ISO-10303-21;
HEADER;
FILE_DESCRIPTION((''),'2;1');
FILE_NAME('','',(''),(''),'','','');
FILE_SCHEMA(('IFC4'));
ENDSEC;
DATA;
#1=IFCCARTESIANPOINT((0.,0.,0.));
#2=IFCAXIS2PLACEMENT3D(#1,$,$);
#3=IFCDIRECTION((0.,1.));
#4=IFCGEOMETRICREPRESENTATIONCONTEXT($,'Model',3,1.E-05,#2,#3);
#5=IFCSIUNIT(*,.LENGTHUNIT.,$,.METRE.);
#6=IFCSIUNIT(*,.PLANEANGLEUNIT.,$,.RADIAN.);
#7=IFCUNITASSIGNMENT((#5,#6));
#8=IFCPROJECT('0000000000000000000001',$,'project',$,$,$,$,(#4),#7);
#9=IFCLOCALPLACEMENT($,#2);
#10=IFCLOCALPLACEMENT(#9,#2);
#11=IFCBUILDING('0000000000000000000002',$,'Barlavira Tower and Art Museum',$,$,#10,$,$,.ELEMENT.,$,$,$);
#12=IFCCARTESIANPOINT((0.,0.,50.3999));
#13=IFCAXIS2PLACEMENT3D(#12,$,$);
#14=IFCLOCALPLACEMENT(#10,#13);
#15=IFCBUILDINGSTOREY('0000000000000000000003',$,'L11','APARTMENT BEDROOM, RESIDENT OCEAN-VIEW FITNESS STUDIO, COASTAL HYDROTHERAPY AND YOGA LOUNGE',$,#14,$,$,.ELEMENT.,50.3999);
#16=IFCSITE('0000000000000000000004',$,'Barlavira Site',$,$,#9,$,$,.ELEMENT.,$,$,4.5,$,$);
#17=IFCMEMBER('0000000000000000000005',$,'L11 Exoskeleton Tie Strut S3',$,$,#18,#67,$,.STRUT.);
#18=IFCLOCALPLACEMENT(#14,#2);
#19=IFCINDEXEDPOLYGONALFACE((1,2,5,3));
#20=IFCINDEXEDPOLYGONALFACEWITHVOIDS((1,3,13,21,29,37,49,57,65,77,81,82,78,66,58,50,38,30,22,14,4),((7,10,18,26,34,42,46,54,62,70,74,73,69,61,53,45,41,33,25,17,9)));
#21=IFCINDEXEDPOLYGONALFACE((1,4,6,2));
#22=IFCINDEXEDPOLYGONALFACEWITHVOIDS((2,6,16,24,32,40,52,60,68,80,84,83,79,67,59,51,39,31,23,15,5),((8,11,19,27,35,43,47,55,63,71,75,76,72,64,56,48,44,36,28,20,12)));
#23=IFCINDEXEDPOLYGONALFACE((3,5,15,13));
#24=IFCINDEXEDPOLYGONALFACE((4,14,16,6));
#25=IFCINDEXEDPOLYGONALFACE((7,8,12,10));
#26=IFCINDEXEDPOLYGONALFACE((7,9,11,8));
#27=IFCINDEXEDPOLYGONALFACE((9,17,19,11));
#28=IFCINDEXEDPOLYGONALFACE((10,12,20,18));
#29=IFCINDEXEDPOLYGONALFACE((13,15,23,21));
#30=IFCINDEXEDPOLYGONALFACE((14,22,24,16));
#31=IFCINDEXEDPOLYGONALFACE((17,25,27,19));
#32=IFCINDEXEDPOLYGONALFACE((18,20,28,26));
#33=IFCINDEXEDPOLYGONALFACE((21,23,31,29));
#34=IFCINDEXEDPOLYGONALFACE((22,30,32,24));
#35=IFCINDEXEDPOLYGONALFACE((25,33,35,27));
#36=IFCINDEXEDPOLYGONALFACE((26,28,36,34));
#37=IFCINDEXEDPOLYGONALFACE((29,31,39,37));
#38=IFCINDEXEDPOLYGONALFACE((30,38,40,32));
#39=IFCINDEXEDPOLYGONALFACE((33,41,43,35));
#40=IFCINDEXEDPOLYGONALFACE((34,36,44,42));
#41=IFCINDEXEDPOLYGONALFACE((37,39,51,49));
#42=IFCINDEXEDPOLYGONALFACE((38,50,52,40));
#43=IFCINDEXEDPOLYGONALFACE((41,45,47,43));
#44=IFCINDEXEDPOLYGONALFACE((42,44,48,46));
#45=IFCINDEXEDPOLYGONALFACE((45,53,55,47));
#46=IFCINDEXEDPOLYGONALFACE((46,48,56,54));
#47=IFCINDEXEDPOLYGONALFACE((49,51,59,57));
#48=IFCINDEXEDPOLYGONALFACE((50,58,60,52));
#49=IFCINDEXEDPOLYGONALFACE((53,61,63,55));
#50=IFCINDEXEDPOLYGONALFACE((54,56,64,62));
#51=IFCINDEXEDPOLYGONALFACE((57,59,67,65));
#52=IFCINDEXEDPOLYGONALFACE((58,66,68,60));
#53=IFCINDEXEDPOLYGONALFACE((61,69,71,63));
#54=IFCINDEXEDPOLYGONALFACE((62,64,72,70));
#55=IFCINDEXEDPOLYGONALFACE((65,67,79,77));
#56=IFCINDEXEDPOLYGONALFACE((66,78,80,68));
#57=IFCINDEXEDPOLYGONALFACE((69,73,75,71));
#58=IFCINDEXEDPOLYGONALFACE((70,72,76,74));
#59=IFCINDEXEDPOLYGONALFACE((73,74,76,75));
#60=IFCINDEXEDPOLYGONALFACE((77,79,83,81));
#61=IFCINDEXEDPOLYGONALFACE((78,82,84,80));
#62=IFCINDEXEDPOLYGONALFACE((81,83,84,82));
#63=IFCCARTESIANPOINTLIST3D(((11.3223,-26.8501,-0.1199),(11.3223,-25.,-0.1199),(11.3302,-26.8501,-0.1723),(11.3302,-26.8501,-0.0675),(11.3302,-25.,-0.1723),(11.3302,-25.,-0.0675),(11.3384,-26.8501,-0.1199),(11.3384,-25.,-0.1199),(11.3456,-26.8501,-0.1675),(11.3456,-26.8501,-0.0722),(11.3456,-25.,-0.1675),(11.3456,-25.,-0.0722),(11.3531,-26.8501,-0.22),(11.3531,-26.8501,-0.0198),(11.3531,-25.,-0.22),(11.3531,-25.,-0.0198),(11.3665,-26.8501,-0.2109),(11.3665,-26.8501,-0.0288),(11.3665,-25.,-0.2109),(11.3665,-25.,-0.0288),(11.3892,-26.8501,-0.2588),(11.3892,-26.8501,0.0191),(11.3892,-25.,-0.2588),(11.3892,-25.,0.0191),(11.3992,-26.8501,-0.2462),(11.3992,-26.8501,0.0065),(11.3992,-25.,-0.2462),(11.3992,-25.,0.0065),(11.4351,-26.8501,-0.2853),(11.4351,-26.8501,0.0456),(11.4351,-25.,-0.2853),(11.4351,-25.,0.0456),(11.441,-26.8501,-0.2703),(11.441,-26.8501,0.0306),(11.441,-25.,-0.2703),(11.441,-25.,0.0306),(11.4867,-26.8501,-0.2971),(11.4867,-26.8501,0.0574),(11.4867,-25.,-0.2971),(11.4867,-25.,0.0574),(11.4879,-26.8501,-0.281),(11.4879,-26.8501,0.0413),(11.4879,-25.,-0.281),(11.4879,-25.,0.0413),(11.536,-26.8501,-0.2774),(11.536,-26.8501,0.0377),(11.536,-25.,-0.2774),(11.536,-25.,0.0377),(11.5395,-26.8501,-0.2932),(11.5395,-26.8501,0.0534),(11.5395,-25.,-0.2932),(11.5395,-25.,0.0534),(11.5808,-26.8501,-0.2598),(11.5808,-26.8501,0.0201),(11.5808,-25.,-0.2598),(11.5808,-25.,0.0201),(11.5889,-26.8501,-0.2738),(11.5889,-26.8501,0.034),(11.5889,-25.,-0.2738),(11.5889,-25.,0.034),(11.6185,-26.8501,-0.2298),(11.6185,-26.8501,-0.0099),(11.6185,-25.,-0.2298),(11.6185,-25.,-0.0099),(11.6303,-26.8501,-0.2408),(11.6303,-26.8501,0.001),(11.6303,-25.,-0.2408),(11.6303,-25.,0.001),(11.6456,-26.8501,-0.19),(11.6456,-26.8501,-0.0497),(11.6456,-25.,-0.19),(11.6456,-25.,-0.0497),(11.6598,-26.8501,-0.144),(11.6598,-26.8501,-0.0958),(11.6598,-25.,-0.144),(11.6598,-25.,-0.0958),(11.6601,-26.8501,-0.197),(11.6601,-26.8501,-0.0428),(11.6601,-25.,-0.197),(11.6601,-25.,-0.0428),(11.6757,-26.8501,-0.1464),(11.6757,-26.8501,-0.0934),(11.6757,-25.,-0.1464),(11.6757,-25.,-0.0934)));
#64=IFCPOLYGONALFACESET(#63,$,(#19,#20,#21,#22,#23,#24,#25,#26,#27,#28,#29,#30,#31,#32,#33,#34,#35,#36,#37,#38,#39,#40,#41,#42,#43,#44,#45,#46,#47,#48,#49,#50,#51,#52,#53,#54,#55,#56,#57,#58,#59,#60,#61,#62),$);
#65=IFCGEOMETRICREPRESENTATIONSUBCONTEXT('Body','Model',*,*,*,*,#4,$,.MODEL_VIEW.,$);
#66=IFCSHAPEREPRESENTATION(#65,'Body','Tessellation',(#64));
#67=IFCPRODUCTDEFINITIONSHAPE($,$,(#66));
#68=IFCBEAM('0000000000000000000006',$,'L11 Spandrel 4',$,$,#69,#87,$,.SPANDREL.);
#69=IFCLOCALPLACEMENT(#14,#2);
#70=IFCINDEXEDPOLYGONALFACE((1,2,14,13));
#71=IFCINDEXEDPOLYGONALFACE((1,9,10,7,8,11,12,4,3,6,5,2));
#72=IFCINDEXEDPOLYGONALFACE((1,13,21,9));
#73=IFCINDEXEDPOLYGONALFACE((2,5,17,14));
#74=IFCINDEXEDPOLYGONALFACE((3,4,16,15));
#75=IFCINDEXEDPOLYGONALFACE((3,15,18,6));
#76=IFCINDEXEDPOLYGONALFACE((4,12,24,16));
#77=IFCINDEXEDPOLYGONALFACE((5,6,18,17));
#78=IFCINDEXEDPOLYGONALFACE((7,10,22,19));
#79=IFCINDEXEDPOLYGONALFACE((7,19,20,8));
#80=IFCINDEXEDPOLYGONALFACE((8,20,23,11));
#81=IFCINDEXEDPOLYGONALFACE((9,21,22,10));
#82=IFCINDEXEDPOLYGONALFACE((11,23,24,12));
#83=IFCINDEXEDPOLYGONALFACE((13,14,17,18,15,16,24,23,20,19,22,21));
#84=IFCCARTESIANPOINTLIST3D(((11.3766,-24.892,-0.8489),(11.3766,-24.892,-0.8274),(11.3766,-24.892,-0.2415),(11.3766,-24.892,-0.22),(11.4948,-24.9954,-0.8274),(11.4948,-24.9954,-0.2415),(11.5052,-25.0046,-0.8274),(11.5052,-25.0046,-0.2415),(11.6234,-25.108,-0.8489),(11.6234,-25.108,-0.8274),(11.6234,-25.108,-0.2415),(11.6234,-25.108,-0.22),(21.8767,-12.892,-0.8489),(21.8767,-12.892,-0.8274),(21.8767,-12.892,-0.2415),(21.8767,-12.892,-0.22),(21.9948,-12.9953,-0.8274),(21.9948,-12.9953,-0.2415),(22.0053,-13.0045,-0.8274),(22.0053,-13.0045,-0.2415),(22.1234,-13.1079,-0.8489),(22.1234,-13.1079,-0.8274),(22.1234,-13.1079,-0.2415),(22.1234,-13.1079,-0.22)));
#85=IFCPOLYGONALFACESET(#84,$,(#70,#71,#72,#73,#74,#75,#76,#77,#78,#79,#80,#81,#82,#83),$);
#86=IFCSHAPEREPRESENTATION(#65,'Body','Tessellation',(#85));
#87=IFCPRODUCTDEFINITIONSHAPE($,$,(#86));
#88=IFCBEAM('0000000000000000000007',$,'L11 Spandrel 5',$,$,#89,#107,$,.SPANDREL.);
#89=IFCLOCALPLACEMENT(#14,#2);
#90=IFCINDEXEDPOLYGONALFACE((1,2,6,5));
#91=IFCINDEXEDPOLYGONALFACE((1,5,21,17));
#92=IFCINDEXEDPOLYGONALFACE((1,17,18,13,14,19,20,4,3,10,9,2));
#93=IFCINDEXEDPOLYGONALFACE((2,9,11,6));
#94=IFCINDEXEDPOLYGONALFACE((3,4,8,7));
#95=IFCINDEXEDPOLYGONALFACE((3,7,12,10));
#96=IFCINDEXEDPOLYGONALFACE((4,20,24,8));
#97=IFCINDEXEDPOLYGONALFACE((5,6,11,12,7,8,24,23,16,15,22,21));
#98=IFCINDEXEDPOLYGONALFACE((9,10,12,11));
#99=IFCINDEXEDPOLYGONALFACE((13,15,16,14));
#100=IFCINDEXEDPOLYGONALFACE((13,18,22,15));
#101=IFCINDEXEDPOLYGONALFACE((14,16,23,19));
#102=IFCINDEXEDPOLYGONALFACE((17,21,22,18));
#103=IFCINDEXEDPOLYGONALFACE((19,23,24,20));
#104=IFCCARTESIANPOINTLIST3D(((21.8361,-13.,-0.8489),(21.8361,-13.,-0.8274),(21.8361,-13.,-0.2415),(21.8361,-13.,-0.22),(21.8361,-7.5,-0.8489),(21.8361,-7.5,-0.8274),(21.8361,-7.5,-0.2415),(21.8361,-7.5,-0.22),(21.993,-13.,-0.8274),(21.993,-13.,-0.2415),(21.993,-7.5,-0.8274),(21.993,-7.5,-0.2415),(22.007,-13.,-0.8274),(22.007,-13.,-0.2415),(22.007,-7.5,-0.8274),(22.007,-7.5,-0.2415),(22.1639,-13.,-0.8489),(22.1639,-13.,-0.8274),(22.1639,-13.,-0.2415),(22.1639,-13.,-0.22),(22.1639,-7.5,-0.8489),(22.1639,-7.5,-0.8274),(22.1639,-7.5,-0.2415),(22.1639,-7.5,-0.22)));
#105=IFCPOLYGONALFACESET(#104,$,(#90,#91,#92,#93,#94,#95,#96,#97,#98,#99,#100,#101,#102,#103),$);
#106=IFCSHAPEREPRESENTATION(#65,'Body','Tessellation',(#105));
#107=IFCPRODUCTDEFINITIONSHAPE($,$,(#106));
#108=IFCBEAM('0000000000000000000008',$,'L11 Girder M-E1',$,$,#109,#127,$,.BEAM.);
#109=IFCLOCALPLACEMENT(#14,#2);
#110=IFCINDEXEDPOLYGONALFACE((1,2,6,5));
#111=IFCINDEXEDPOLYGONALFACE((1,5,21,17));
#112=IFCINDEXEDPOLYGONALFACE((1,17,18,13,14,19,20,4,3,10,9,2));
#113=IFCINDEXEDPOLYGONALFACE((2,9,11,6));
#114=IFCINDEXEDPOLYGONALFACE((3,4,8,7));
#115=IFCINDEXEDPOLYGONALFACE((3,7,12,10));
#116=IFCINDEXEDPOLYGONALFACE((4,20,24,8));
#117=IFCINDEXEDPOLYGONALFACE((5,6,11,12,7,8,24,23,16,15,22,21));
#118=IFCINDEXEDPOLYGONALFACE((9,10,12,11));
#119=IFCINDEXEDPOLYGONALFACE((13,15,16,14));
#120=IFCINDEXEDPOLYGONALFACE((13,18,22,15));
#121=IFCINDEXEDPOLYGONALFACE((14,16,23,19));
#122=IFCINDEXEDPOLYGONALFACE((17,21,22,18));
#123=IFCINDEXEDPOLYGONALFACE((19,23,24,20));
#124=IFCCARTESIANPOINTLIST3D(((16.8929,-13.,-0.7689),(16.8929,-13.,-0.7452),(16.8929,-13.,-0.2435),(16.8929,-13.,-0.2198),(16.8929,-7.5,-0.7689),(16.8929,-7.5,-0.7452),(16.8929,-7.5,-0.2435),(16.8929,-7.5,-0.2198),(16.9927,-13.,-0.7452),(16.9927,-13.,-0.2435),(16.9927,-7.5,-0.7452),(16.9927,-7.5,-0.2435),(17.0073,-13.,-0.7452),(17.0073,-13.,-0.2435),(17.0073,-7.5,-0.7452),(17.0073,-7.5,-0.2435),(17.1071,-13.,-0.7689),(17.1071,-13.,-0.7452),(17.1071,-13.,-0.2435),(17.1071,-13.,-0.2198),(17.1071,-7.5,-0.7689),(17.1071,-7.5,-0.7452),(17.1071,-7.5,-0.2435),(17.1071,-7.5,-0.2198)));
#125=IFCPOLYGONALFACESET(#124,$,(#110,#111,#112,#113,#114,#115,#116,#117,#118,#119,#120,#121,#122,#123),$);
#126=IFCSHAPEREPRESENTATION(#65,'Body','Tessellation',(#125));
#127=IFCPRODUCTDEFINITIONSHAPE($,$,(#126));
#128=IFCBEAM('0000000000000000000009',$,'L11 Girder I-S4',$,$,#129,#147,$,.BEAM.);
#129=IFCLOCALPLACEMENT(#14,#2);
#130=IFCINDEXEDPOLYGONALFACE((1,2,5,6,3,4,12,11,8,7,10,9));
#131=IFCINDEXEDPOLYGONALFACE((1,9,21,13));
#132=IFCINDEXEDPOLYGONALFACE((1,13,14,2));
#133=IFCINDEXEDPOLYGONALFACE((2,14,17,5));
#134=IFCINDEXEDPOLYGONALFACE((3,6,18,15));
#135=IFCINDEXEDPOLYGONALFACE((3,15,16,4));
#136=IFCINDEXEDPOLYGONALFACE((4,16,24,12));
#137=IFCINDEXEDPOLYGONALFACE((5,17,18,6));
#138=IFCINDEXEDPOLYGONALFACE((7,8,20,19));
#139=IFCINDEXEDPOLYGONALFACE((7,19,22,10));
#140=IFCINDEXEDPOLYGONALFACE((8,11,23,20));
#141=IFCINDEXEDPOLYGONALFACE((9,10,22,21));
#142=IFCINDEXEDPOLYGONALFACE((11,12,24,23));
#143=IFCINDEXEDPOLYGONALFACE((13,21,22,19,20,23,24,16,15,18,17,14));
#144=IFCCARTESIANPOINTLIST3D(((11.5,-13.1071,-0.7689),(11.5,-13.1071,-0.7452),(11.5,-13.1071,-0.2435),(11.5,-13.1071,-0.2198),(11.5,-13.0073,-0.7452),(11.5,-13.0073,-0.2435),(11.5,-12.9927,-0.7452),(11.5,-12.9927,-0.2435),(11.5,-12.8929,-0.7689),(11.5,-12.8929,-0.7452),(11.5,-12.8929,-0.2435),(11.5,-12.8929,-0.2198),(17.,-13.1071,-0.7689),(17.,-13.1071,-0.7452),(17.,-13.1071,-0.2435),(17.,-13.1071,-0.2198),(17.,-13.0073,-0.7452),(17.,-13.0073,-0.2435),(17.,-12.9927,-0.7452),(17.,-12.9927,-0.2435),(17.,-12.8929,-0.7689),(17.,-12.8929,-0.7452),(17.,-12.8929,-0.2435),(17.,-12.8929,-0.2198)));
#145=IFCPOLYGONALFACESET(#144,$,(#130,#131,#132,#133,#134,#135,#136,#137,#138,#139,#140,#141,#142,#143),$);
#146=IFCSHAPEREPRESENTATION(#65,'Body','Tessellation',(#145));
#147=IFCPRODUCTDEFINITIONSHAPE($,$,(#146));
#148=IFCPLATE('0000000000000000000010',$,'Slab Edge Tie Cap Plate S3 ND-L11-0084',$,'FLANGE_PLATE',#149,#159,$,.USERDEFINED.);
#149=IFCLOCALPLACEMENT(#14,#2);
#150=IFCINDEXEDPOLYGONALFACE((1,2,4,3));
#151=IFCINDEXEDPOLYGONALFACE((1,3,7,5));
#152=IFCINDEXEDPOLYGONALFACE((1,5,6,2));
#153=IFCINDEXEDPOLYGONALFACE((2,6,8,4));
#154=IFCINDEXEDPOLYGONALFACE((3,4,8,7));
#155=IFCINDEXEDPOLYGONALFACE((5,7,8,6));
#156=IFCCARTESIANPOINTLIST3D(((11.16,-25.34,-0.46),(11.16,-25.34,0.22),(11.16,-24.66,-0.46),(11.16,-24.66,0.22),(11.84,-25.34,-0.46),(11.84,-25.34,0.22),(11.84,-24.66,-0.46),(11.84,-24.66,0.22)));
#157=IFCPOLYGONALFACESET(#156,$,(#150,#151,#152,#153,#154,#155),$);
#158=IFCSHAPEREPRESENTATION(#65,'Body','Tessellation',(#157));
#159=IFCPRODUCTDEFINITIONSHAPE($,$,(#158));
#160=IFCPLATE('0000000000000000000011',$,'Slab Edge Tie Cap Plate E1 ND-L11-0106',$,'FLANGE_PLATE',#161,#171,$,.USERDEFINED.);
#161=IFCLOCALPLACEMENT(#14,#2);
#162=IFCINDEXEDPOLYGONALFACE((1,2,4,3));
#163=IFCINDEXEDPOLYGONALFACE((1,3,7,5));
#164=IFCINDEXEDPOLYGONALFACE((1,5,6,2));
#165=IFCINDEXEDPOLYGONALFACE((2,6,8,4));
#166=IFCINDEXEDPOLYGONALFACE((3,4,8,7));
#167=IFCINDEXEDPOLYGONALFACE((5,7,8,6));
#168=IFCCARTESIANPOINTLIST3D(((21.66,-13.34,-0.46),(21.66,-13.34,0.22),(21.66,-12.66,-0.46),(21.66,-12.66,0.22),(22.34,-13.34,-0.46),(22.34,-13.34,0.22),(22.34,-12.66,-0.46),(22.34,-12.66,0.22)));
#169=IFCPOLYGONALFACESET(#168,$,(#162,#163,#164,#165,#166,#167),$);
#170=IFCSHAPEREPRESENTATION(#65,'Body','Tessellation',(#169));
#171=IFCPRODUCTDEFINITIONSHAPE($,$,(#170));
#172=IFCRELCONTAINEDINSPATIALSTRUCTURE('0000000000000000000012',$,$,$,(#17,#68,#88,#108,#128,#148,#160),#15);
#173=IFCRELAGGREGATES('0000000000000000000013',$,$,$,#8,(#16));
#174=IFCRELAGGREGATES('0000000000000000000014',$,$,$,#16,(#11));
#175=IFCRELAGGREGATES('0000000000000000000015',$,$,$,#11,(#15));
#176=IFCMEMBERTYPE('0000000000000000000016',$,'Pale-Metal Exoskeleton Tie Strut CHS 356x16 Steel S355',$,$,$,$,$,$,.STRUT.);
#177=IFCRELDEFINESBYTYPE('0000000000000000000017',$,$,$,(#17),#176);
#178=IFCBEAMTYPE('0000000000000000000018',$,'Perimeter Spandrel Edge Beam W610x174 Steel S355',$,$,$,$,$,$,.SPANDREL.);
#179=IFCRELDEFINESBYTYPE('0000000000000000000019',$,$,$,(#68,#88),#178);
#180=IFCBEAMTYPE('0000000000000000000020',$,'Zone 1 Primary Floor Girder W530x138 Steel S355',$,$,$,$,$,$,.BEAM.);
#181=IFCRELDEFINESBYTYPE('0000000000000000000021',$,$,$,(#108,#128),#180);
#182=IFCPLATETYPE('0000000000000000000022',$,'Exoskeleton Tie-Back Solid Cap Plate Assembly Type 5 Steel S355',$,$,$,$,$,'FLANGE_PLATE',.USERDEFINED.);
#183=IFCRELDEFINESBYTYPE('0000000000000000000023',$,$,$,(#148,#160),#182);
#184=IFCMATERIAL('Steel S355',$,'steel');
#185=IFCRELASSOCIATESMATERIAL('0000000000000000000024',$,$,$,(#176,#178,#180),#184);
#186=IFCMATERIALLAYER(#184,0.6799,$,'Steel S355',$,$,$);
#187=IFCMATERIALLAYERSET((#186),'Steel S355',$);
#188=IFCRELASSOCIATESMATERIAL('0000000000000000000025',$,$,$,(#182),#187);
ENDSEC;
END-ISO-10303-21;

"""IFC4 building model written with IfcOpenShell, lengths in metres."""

from ifc_helpers import new_model, si_unit, direction, frame, origin, origin_2d, place, context, subcontext, project, spatial, rectangle, hollow_circle, i_section, extrude, material, layer, layer_set, material_profile, profile_set, type_object, element, save


model = new_model("IFC4")

# Units and contexts
model_context = context("Model", 3, precision=1e-05, world=origin(), true_north=direction((0.0, 1.0)))
body_context = subcontext(model_context, "Body", "Model", "MODEL_VIEW")
ifc_project = project(units=[si_unit("LENGTHUNIT", "METRE"), si_unit("PLANEANGLEUNIT", "RADIAN")], contexts=[model_context])

# Site, building, storey
site_placement = place(None, origin())
site = spatial("IfcSite", under=ifc_project, at=site_placement, Name="Barlavira Site", CompositionType="ELEMENT", RefElevation=4.5)
building_placement = place(site_placement, origin())
building = spatial("IfcBuilding", under=site, at=building_placement, Name="Barlavira Tower and Art Museum", CompositionType="ELEMENT")
storey_placement = place(building_placement, frame((0.0, 0.0, 50.3999)))
storey = spatial("IfcBuildingStorey", under=building, at=storey_placement, Name="L11", Description="APARTMENT BEDROOM, RESIDENT OCEAN-VIEW FITNESS STUDIO, COASTAL HYDROTHERAPY AND YOGA LOUNGE", CompositionType="ELEMENT", Elevation=50.3999)

# Member
ifc_material_1 = material(Name="Steel S355", Category="steel")
ifc_material_profile_1 = material_profile(ifc_material_1, hollow_circle(Radius=0.1777, WallThickness=0.0161, at=origin_2d()), Name="CHS 355.6x16.0")
ifc_profile_set_1 = profile_set([ifc_material_profile_1], Name="Steel S355")
member_type_1 = type_object("IfcMemberType", Name="Pale-Metal Exoskeleton Tie Strut CHS 356x16 Steel S355", PredefinedType="STRUT", material=ifc_profile_set_1)
member_1_placement = place(storey_placement, frame((11.5, -26.8501, -0.1199), z_axis=(0.0, 1.0, 0.0), x_axis=(-1.0, 0.0, 0.0)))
element("IfcMember", 1, at=member_1_placement, inside=storey, type_object=member_type_1, Name="L11 Exoskeleton Tie Strut S3", PredefinedType="STRUT", context=body_context, shape_type="SweptSolid", body=[
    extrude(hollow_circle(Radius=0.1777, WallThickness=0.0161, at=origin_2d()), origin(), (0.0, 0.0, 1.0), 1.8501),
])

# Beams
ifc_material_profile_2 = material_profile(ifc_material_1, i_section(OverallWidth=0.3279, OverallDepth=0.6289, WebThickness=0.0139, FlangeThickness=0.0215, at=origin_2d()), Name="W610x174.0")
ifc_profile_set_2 = profile_set([ifc_material_profile_2], Name="Steel S355")
beam_type_1 = type_object("IfcBeamType", Name="Perimeter Spandrel Edge Beam W610x174 Steel S355", PredefinedType="SPANDREL", material=ifc_profile_set_2)
beam_1_placement = place(storey_placement, frame((11.5, -25.0, -0.5344), z_axis=(0.658505, 0.752577, 0.0), x_axis=(-0.752577, 0.658505, 0.0)))
element("IfcBeam", 2, at=beam_1_placement, inside=storey, type_object=beam_type_1, Name="L11 Spandrel 4", PredefinedType="SPANDREL", context=body_context, shape_type="SweptSolid", body=[
    extrude(i_section(OverallWidth=0.3279, OverallDepth=0.6289, WebThickness=0.0139, FlangeThickness=0.0215, at=origin_2d()), origin(), (0.0, 0.0, 1.0), 15.9453),
])
beam_2_placement = place(storey_placement, frame((22.0, -13.0, -0.5344), z_axis=(0.0, 1.0, 0.0), x_axis=(-1.0, 0.0, 0.0)))
element("IfcBeam", 3, at=beam_2_placement, inside=storey, type_object=beam_type_1, Name="L11 Spandrel 5", PredefinedType="SPANDREL", context=body_context, shape_type="SweptSolid", body=[
    extrude(i_section(OverallWidth=0.3279, OverallDepth=0.6289, WebThickness=0.0139, FlangeThickness=0.0215, at=origin_2d()), origin(), (0.0, 0.0, 1.0), 5.5),
])
ifc_material_profile_3 = material_profile(ifc_material_1, i_section(OverallWidth=0.2141, OverallDepth=0.5491, WebThickness=0.0146, FlangeThickness=0.0237, at=origin_2d()), Name="W530x138.0")
ifc_profile_set_3 = profile_set([ifc_material_profile_3], Name="Steel S355")
beam_type_2 = type_object("IfcBeamType", Name="Zone 1 Primary Floor Girder W530x138 Steel S355", PredefinedType="BEAM", material=ifc_profile_set_3)
for number, where, z_axis, x_axis, name in (
    (4, (17.0, -13.0, -0.4944), (0.0, 1.0, 0.0), (-1.0, 0.0, 0.0), "L11 Girder M-E1"),
    (5, (11.5, -13.0, -0.4944), (1.0, 0.0, 0.0), (0.0, 1.0, 0.0), "L11 Girder I-S4"),
):
    element("IfcBeam", number, at=place(storey_placement, frame(where, z_axis=z_axis, x_axis=x_axis)), inside=storey, type_object=beam_type_2, Name=name, PredefinedType="BEAM", context=body_context, shape_type="SweptSolid", body=[
        extrude(i_section(OverallWidth=0.2141, OverallDepth=0.5491, WebThickness=0.0146, FlangeThickness=0.0237, at=origin_2d()), origin(), (0.0, 0.0, 1.0), 5.5),
    ])

# Plates
ifc_layer_1 = layer(ifc_material_1, 0.6799, Name="Steel S355")
ifc_layer_set_1 = layer_set([ifc_layer_1], Name="Steel S355")
plate_type = type_object("IfcPlateType", Name="Exoskeleton Tie-Back Solid Cap Plate Assembly Type 5 Steel S355", ElementType="FLANGE_PLATE", PredefinedType="USERDEFINED", material=ifc_layer_set_1)
for number, where, z_axis, x_axis, name in (
    (6, (11.5, -25.0, -0.46), (0.0, 0.0, 1.0), (1.0, 0.0, 0.0), "Slab Edge Tie Cap Plate S3 ND-L11-0084"),
    (7, (22.0, -13.0, -0.46), (0.0, 0.0, 1.0), (1.0, 0.0, 0.0), "Slab Edge Tie Cap Plate E1 ND-L11-0106"),
):
    element("IfcPlate", number, at=place(storey_placement, frame(where, z_axis=z_axis, x_axis=x_axis)), inside=storey, type_object=plate_type, Name=name, ObjectType="FLANGE_PLATE", PredefinedType="USERDEFINED", context=body_context, shape_type="SweptSolid", body=[
        extrude(rectangle(XDim=0.6799, YDim=0.6799, at=origin_2d()), origin(), (0.0, 0.0, 1.0), 0.6799),
    ])

save(model, "model.ifc")
